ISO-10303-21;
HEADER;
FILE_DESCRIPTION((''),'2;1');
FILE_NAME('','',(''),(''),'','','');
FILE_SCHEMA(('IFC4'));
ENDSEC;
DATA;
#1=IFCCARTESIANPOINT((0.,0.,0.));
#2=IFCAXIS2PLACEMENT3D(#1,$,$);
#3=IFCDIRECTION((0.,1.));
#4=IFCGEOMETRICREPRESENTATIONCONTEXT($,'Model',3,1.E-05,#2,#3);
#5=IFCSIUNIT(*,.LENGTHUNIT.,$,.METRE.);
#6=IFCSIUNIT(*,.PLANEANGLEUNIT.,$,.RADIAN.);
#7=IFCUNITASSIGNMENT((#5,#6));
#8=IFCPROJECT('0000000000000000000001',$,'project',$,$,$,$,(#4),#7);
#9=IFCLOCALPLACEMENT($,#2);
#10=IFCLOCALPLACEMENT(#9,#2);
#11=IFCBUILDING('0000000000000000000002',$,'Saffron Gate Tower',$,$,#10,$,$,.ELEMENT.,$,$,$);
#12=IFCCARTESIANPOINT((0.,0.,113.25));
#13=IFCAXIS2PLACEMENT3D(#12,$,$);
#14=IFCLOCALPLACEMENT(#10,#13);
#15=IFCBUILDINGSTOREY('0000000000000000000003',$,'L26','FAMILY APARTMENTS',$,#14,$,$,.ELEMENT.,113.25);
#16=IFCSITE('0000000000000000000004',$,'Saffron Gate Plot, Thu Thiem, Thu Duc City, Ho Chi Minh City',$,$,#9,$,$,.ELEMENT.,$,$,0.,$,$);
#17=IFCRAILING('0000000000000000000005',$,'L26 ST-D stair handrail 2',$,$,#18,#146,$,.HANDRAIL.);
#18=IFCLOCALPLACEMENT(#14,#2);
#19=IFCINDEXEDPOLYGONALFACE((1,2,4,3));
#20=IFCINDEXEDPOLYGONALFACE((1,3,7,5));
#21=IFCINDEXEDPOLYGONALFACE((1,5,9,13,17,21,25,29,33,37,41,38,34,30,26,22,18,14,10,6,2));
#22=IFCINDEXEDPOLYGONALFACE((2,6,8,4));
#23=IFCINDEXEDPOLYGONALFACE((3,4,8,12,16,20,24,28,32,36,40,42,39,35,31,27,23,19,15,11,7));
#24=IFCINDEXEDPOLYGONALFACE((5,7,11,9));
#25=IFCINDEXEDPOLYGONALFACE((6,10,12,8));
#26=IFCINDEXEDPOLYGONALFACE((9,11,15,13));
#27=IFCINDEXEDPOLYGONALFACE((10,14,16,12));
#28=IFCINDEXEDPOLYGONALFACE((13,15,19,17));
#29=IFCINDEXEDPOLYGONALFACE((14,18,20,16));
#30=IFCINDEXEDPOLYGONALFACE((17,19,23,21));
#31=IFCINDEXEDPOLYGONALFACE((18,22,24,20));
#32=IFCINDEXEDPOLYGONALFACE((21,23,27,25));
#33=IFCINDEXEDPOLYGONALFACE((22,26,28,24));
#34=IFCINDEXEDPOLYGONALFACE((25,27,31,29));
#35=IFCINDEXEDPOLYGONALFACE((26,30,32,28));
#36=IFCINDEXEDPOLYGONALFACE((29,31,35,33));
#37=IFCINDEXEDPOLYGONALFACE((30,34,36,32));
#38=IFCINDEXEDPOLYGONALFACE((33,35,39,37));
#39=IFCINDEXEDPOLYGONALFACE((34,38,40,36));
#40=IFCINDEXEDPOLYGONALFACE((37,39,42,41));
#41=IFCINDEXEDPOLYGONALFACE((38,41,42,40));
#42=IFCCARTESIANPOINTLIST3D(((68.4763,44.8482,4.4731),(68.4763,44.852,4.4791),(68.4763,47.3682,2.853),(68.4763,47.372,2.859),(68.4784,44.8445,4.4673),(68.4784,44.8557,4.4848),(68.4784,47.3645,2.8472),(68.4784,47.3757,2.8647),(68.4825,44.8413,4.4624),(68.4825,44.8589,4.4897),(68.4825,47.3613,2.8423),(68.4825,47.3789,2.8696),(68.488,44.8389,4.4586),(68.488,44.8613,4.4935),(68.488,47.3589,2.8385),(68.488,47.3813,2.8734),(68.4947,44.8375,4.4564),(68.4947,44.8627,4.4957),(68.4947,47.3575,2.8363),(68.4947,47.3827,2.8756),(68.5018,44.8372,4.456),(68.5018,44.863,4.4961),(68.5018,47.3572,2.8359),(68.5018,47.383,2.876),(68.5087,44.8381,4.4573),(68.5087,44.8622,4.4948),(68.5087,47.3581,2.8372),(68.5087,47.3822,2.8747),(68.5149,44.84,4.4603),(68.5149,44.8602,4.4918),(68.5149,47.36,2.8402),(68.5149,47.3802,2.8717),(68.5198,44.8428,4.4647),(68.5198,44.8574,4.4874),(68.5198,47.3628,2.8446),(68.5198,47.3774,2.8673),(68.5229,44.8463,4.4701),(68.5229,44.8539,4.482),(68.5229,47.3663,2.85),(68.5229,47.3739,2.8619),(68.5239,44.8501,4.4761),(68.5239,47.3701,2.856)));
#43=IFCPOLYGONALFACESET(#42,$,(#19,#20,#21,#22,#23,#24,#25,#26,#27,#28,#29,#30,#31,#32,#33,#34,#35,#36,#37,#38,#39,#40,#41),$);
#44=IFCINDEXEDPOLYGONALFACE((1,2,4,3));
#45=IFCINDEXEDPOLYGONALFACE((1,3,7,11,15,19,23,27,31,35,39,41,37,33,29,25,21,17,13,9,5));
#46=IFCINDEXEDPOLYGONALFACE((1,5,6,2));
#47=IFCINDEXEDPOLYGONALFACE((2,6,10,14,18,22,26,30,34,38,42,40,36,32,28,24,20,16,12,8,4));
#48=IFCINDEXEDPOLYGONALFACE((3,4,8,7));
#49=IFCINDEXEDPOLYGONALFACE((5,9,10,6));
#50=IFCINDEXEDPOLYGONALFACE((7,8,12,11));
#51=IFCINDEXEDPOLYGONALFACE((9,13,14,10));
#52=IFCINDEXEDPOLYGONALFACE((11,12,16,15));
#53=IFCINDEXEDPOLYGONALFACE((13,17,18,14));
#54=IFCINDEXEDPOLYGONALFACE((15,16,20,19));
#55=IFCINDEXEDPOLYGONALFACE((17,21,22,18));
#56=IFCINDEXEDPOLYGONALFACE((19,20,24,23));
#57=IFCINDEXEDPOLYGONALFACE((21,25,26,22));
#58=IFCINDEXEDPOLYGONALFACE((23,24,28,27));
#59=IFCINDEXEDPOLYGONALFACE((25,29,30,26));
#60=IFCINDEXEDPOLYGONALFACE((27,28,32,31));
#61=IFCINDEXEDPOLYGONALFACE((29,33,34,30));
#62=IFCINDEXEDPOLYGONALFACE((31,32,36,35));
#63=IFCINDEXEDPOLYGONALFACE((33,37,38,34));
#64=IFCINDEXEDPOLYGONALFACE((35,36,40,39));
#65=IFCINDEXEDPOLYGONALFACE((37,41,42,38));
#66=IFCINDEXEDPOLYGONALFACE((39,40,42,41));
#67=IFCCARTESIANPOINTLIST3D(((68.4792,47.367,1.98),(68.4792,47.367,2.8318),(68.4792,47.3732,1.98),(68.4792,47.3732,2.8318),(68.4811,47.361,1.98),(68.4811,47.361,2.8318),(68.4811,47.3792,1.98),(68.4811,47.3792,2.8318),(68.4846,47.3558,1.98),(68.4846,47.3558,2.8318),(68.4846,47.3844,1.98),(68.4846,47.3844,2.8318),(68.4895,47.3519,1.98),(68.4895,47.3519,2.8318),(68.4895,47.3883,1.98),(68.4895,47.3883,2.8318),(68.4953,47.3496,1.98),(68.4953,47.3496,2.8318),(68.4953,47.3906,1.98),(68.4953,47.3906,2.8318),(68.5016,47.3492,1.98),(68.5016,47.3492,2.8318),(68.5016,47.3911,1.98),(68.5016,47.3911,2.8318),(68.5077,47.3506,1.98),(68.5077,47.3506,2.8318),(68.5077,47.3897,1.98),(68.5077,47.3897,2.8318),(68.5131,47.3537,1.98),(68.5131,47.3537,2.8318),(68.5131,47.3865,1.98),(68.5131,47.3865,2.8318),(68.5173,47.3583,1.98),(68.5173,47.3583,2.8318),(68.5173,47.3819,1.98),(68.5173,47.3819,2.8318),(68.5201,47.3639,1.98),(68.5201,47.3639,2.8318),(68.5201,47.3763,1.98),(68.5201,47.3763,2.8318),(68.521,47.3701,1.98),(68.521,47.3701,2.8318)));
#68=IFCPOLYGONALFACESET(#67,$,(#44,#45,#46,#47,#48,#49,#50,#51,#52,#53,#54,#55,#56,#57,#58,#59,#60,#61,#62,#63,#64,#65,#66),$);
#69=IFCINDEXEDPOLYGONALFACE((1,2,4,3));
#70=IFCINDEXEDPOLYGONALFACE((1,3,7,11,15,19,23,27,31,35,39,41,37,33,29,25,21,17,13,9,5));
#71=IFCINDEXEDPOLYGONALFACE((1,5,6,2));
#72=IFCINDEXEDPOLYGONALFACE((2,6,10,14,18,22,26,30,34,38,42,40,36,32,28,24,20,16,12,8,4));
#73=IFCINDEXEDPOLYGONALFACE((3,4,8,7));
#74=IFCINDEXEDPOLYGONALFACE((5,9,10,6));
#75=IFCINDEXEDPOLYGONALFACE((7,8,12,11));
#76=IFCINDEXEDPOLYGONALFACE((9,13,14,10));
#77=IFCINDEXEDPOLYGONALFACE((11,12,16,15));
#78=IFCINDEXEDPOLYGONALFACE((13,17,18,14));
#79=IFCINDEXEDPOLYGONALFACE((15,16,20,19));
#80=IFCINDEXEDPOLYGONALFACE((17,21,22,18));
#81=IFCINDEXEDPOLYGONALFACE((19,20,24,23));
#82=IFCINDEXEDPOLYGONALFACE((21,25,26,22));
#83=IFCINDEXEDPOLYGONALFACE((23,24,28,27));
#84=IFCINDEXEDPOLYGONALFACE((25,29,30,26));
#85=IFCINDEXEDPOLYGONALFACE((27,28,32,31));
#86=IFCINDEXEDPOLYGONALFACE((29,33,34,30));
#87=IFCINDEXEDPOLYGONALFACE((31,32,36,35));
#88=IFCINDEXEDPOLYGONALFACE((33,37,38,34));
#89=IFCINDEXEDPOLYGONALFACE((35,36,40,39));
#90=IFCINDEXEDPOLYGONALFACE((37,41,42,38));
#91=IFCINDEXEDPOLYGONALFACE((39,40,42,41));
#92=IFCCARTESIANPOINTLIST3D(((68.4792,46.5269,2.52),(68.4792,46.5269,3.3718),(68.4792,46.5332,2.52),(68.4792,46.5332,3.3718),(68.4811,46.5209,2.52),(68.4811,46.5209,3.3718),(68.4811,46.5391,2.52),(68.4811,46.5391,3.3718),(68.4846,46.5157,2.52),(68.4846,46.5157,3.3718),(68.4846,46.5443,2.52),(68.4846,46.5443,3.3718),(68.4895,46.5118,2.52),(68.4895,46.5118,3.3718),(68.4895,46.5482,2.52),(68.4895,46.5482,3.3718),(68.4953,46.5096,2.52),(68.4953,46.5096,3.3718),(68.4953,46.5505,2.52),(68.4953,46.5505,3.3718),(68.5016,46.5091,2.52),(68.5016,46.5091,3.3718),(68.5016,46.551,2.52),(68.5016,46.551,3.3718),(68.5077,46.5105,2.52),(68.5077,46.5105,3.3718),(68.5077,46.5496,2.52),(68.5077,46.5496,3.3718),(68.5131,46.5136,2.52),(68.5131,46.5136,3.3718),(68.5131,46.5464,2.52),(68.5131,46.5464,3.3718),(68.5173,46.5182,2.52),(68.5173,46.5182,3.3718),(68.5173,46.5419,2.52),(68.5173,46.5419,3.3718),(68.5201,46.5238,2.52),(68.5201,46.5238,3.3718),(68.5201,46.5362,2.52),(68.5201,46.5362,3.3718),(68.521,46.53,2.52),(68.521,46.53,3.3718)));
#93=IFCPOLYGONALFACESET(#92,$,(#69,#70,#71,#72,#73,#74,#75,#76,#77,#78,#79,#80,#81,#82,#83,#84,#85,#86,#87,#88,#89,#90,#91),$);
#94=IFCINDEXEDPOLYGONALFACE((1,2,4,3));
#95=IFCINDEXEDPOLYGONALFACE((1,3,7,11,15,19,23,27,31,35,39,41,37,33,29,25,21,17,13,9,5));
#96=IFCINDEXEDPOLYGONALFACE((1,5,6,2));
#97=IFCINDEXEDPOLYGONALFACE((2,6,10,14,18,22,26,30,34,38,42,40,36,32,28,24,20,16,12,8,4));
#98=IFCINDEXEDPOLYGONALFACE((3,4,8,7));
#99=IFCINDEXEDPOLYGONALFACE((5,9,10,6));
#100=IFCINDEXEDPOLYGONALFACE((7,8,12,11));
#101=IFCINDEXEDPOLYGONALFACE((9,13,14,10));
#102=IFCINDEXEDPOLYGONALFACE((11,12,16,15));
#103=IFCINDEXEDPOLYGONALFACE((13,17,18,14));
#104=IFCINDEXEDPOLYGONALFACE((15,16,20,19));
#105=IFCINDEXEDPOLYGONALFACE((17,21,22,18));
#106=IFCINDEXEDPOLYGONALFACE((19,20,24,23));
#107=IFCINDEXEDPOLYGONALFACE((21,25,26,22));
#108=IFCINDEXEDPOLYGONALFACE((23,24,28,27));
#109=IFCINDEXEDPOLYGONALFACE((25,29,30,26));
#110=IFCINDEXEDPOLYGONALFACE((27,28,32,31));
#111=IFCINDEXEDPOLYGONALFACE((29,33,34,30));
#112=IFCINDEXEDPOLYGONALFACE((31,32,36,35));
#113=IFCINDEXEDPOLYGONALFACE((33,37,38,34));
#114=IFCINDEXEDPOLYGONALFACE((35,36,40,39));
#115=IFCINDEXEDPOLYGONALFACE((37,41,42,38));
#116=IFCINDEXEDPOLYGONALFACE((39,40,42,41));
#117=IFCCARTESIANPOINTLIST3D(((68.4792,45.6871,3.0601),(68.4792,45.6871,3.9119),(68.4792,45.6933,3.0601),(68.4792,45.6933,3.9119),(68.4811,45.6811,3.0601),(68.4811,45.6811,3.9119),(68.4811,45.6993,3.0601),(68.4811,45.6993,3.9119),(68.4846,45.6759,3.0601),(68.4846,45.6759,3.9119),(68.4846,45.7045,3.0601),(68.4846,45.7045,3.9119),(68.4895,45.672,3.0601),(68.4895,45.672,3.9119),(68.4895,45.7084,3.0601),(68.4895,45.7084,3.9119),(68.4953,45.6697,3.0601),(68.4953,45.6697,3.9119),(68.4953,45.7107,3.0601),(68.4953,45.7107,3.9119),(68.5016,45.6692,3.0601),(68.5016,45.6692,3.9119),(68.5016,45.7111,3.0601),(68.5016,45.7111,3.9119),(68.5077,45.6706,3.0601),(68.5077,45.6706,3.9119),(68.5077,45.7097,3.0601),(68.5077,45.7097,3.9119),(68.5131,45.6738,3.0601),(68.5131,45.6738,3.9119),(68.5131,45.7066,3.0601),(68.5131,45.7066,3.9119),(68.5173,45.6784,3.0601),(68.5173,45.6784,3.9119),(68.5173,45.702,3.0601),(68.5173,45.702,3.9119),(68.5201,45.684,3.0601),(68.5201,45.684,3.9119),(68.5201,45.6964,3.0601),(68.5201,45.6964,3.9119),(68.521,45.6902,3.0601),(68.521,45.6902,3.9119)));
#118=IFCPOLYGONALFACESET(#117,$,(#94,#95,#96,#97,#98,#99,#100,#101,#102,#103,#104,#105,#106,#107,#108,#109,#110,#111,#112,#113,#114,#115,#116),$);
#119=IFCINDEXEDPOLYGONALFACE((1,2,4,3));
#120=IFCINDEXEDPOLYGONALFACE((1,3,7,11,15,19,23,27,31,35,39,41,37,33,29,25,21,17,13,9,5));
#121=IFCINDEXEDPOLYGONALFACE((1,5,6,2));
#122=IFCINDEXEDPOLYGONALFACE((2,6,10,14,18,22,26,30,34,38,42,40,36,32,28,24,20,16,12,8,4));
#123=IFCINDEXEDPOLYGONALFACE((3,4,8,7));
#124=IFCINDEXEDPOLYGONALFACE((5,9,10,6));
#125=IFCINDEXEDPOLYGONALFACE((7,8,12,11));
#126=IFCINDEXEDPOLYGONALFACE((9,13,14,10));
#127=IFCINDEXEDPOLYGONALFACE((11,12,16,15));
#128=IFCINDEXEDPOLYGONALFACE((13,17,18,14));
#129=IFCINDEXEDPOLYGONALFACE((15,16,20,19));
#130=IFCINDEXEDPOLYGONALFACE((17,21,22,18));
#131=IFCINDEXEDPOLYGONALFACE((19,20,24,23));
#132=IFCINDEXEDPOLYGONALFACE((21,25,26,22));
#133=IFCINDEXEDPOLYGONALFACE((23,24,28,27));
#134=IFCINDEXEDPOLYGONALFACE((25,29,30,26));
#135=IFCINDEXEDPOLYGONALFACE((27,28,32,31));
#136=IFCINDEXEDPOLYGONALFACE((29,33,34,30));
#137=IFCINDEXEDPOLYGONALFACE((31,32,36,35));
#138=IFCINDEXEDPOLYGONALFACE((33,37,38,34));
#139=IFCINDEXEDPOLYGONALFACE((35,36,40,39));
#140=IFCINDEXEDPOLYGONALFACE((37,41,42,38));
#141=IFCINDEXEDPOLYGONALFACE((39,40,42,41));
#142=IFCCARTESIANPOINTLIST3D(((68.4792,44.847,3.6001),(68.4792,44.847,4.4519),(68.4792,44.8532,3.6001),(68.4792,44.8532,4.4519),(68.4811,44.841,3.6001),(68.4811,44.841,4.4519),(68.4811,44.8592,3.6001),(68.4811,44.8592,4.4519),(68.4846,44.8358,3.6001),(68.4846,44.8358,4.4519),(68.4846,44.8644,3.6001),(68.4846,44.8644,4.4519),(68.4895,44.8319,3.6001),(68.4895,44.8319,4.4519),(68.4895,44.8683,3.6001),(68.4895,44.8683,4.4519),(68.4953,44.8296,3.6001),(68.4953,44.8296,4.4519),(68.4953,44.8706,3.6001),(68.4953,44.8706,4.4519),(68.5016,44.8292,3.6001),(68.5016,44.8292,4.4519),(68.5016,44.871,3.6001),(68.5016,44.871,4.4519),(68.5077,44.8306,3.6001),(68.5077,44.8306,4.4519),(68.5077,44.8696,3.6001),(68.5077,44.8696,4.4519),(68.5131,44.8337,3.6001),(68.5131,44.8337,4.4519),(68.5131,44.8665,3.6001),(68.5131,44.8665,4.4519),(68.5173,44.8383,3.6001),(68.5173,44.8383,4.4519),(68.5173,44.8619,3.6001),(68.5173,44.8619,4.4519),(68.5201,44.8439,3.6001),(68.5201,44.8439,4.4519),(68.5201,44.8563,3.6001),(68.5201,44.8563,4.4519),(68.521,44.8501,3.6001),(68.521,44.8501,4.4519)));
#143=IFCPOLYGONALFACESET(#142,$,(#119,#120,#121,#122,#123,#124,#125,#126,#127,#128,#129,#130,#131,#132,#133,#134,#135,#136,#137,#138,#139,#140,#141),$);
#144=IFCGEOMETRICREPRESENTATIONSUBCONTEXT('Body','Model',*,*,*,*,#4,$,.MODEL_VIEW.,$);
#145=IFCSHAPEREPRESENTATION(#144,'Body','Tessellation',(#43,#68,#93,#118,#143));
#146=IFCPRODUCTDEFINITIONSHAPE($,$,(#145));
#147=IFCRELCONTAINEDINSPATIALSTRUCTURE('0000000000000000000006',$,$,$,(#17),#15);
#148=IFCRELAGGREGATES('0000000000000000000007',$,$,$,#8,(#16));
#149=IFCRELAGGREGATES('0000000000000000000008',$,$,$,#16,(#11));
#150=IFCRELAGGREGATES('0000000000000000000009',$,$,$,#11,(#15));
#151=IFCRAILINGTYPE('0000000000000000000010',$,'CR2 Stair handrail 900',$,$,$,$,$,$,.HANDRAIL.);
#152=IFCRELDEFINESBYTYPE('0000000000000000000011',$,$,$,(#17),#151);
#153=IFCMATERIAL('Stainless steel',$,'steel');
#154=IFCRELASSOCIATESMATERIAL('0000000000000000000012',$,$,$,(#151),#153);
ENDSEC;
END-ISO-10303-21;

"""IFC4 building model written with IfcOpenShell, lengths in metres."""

from ifc_helpers import new_model, si_unit, direction, frame, origin, origin_2d, place, context, subcontext, project, spatial, circle, extrude, material, type_object, element, save


model = new_model("IFC4")

# Units and contexts
model_context = context("Model", 3, precision=1e-05, world=origin(), true_north=direction((0.0, 1.0)))
body_context = subcontext(model_context, "Body", "Model", "MODEL_VIEW")
ifc_project = project(units=[si_unit("LENGTHUNIT", "METRE"), si_unit("PLANEANGLEUNIT", "RADIAN")], contexts=[model_context])

# Site, building, storey
site_placement = place(None, origin())
site = spatial("IfcSite", under=ifc_project, at=site_placement, Name="Saffron Gate Plot, Thu Thiem, Thu Duc City, Ho Chi Minh City", CompositionType="ELEMENT", RefElevation=0.0)
building_placement = place(site_placement, origin())
building = spatial("IfcBuilding", under=site, at=building_placement, Name="Saffron Gate Tower", CompositionType="ELEMENT")
storey_placement = place(building_placement, frame((0.0, 0.0, 113.25)))
storey = spatial("IfcBuildingStorey", under=building, at=storey_placement, Name="L26", Description="FAMILY APARTMENTS", CompositionType="ELEMENT", Elevation=113.25)

# Railing
ifc_material_1 = material(Name="Stainless steel", Category="steel")
railing_type = type_object("IfcRailingType", Name="CR2 Stair handrail 900", PredefinedType="HANDRAIL", material=ifc_material_1)
railing_placement = place(storey_placement, frame((68.5, 47.3701, 1.98)))
element("IfcRailing", 1, at=railing_placement, inside=storey, type_object=railing_type, Name="L26 ST-D stair handrail 2", PredefinedType="HANDRAIL", context=body_context, shape_type="SweptSolid", body=[
    extrude(circle(Radius=0.0239, at=origin_2d()), frame((0.0, 0.0, 0.876), z_axis=(0.0, -0.841163, 0.540782), x_axis=(1.0, 0.0, 0.0)), (0.0, 0.0, 1.0), 2.9958),
    extrude(circle(Radius=0.021, at=origin_2d()), origin(), (0.0, 0.0, 1.0), 0.8518),
    extrude(circle(Radius=0.021, at=origin_2d()), frame((0.0, -0.8401, 0.54)), (0.0, 0.0, 1.0), 0.8518),
    extrude(circle(Radius=0.021, at=origin_2d()), frame((0.0, -1.6799, 1.0801)), (0.0, 0.0, 1.0), 0.8518),
    extrude(circle(Radius=0.021, at=origin_2d()), frame((0.0, -2.52, 1.6201)), (0.0, 0.0, 1.0), 0.8518),
])

save(model, "model.ifc")
